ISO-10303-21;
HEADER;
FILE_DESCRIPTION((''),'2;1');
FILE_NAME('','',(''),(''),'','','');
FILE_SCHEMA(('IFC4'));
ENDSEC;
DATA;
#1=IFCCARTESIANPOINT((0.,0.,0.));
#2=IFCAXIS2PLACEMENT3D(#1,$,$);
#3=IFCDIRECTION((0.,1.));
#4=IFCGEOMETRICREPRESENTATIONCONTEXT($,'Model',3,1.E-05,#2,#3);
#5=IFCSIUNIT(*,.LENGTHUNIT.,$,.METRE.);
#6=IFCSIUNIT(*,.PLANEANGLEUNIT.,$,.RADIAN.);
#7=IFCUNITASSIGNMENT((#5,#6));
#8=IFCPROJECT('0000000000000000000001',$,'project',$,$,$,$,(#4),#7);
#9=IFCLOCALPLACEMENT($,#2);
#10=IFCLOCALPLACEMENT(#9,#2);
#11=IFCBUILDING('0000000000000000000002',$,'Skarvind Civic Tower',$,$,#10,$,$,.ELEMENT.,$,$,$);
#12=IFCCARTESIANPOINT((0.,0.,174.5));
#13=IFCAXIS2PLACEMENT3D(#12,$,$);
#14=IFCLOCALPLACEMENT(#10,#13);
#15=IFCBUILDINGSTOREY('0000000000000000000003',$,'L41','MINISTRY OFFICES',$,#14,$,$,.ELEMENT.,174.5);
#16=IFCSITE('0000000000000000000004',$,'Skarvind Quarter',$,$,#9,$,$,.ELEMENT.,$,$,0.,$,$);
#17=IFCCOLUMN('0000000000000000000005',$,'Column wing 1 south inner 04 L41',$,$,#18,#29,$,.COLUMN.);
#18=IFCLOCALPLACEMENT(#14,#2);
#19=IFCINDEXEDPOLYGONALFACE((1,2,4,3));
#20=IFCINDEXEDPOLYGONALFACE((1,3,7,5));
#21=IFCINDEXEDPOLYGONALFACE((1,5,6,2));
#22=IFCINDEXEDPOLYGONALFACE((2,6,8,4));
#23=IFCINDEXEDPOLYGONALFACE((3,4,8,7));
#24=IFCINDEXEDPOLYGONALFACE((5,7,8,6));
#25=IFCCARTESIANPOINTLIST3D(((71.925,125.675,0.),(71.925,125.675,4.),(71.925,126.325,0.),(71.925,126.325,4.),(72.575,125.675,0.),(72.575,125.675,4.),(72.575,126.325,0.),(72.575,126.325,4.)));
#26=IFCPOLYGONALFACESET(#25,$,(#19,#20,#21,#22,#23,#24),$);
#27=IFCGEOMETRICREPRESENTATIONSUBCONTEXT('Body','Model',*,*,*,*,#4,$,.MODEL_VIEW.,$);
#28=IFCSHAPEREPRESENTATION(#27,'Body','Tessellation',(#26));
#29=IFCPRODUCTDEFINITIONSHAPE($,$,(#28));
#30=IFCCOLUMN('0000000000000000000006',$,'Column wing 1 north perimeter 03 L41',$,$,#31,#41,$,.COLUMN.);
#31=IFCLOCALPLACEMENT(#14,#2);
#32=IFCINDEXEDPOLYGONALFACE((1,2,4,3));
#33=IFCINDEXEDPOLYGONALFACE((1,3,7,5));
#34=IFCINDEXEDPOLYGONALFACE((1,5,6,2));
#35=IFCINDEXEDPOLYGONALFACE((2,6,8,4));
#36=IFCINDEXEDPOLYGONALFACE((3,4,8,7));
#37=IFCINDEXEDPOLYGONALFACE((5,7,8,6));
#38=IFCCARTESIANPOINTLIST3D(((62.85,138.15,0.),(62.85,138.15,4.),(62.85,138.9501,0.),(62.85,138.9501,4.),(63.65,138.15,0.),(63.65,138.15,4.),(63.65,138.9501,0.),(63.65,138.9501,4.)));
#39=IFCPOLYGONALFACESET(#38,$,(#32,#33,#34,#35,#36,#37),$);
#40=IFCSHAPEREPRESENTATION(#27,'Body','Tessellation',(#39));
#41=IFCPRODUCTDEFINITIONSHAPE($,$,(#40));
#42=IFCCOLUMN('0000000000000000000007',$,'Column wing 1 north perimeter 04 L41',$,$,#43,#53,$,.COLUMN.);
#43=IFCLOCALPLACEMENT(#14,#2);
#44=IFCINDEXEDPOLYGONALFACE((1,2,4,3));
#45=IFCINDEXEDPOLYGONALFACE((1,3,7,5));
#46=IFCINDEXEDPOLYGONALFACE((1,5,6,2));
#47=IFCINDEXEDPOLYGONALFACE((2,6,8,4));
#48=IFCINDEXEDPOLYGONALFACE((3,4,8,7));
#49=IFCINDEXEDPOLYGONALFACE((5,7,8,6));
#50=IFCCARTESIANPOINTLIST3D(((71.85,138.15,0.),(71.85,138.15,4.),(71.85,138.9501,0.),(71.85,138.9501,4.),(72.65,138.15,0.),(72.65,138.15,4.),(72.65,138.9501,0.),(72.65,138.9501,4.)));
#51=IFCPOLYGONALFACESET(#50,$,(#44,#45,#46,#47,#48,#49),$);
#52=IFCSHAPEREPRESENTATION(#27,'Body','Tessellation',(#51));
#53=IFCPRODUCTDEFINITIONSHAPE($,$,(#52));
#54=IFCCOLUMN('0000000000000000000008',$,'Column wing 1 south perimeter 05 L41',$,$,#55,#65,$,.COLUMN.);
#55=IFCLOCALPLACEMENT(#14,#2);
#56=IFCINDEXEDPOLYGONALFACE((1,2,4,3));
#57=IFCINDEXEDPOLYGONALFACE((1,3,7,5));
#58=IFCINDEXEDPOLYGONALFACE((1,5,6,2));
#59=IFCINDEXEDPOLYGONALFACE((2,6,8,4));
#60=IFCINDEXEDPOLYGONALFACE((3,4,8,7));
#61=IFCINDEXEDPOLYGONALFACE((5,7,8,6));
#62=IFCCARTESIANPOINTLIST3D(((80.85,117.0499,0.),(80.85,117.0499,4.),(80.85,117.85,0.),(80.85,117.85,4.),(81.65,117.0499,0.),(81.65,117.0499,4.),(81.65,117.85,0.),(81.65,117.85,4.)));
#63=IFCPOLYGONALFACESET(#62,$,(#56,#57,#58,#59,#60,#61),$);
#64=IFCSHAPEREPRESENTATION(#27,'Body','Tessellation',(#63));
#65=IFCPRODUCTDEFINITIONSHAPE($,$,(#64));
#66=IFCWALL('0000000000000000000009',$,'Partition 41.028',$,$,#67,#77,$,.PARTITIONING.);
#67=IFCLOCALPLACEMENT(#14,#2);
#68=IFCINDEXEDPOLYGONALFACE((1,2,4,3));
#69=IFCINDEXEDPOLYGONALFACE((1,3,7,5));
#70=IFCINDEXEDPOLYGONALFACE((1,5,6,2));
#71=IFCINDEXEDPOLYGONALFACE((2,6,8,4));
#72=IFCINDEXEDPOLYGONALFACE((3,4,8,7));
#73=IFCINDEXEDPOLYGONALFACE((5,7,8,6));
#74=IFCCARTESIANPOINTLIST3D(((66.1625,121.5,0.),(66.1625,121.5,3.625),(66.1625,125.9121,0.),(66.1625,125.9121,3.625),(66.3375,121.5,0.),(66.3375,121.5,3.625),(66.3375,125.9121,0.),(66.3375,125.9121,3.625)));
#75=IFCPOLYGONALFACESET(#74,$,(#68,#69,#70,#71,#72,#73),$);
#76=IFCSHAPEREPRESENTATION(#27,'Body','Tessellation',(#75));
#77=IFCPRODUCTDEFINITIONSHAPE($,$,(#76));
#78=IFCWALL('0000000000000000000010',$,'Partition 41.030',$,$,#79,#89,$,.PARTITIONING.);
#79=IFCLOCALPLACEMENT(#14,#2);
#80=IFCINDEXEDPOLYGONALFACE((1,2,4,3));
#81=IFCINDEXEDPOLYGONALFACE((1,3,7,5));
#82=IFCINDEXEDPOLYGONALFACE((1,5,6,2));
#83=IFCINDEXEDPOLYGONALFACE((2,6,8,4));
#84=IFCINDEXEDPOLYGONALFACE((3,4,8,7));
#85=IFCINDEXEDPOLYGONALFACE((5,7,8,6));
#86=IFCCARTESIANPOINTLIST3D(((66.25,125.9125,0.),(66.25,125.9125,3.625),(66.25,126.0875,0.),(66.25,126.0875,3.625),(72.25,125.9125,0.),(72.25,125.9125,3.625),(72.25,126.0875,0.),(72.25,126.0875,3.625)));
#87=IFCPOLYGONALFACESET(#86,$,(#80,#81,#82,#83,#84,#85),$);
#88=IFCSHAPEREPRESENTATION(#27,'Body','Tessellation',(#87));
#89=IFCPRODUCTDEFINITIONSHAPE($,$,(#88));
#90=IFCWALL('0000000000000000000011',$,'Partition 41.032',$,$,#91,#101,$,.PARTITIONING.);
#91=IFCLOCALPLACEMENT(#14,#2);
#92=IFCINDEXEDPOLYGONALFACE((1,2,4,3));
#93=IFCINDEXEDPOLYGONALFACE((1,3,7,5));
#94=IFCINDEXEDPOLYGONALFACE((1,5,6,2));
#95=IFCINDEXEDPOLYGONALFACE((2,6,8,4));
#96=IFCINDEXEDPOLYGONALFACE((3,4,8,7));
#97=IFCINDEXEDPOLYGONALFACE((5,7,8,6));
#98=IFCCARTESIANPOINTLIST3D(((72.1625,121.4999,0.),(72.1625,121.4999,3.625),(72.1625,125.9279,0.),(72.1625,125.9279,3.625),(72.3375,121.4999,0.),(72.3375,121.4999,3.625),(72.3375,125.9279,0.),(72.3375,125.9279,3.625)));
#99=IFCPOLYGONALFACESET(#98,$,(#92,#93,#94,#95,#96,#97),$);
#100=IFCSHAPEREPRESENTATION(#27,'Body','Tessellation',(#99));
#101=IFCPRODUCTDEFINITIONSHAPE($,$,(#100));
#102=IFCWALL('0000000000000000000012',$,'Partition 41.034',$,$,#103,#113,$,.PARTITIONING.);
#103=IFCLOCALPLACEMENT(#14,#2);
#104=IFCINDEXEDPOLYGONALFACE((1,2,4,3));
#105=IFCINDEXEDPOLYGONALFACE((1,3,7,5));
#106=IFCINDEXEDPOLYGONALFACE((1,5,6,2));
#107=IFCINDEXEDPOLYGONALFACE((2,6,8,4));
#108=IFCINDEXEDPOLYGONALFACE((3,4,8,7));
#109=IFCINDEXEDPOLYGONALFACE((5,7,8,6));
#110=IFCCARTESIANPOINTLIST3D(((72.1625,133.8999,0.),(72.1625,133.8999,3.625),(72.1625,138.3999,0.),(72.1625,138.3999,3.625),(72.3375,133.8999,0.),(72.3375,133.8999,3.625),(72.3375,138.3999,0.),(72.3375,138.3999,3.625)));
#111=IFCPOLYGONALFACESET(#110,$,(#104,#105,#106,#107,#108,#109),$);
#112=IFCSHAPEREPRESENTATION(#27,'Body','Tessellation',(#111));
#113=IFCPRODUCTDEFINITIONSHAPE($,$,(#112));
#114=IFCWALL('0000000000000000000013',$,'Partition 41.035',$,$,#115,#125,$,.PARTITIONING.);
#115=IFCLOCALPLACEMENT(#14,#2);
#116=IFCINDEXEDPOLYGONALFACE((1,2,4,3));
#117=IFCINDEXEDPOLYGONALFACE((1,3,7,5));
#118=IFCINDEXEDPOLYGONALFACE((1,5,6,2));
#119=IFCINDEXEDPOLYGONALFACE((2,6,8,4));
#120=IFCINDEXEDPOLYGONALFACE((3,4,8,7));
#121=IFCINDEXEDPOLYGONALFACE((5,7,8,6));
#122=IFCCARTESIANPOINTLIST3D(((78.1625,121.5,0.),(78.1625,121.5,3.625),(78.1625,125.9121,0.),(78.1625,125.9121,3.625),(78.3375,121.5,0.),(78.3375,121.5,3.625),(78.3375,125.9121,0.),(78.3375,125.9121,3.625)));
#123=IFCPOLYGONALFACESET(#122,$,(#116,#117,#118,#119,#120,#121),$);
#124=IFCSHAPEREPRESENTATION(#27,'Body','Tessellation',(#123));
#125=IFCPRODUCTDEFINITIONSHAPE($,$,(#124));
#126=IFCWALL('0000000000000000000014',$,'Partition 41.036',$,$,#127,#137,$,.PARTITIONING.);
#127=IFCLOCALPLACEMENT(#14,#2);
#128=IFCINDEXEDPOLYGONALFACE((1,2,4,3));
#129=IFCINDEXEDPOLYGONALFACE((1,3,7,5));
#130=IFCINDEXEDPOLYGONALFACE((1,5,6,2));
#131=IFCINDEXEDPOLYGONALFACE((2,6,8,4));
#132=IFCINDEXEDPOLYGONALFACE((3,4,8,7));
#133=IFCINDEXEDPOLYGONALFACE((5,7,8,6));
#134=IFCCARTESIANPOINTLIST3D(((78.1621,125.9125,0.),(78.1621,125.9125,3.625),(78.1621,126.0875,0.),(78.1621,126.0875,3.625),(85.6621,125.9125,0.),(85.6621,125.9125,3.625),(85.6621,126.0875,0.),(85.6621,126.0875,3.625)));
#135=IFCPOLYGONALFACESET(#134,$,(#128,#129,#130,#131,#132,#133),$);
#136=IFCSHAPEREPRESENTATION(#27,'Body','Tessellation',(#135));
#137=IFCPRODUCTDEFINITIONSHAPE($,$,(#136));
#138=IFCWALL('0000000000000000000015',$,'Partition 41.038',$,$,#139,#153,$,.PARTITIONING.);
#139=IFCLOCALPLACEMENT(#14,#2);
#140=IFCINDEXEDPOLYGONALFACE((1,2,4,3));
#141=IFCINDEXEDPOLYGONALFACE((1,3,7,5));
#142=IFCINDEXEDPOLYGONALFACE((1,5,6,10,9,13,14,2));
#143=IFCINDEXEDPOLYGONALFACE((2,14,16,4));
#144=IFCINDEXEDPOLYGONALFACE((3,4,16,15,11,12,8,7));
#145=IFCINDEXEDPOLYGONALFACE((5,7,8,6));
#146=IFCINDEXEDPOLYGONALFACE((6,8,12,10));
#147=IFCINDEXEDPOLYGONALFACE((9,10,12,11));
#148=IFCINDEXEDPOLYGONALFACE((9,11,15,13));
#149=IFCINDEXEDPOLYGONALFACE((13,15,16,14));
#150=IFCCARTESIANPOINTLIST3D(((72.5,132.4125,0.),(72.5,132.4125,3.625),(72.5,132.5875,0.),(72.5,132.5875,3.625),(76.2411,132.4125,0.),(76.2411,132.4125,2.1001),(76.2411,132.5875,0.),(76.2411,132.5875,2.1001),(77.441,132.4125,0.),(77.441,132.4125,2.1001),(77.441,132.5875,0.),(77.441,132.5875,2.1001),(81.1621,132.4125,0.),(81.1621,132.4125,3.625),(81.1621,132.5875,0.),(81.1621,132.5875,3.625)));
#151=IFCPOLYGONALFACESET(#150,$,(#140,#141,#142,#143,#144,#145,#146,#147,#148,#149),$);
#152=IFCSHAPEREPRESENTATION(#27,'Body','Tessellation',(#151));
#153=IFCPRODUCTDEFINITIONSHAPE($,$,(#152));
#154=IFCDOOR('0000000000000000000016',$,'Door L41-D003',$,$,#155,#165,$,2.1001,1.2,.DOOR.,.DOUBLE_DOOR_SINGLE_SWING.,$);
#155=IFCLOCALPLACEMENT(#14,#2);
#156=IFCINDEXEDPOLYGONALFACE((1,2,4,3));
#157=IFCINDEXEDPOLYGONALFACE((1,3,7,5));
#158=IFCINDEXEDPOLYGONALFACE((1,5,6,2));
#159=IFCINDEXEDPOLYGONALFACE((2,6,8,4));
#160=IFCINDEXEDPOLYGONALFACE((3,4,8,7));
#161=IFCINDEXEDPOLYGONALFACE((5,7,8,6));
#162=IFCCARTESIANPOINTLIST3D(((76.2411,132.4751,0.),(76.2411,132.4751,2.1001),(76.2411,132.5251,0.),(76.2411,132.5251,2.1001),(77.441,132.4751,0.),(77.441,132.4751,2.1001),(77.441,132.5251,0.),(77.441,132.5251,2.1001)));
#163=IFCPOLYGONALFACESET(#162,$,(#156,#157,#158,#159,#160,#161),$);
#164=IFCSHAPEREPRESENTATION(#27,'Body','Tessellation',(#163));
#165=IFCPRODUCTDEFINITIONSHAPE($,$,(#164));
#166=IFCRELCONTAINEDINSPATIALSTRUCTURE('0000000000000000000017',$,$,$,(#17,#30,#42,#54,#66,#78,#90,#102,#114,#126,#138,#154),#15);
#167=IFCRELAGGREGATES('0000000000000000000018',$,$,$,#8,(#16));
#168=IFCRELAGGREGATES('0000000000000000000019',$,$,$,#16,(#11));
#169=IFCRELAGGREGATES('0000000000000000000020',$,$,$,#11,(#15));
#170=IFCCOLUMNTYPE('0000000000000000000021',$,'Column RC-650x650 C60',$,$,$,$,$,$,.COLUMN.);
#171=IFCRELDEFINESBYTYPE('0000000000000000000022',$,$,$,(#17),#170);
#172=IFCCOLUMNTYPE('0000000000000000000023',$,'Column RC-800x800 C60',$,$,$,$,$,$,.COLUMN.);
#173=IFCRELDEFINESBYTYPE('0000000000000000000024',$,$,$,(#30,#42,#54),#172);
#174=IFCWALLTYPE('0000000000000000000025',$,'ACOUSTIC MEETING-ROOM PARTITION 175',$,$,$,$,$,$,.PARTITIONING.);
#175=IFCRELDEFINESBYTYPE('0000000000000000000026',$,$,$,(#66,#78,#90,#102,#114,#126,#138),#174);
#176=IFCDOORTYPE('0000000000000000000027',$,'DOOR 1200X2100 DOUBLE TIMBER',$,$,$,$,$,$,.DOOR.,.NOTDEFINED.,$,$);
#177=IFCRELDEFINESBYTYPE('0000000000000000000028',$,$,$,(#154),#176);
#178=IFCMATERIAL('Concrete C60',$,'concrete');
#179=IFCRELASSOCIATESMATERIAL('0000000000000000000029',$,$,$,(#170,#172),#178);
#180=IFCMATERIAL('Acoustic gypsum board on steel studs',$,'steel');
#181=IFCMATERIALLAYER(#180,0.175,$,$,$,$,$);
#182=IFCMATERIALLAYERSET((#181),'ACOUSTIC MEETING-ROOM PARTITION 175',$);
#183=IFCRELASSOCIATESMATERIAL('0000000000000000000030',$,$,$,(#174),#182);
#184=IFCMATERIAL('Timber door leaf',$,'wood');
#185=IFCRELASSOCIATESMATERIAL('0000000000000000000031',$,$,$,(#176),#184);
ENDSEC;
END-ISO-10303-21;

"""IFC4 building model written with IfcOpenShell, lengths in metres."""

from ifc_helpers import new_model, si_unit, direction, frame, frame_2d, origin, origin_2d, place, context, subcontext, project, spatial, rectangle, extrude, material, layer, layer_set, material_profile, profile_set, type_object, element, fill, save


model = new_model("IFC4")

# Units and contexts
model_context = context("Model", 3, precision=1e-05, world=origin(), true_north=direction((0.0, 1.0)))
body_context = subcontext(model_context, "Body", "Model", "MODEL_VIEW")
ifc_project = project(units=[si_unit("LENGTHUNIT", "METRE"), si_unit("PLANEANGLEUNIT", "RADIAN")], contexts=[model_context])

# Site, building, storey
site_placement = place(None, origin())
site = spatial("IfcSite", under=ifc_project, at=site_placement, Name="Skarvind Quarter", CompositionType="ELEMENT", RefElevation=0.0)
building_placement = place(site_placement, origin())
building = spatial("IfcBuilding", under=site, at=building_placement, Name="Skarvind Civic Tower", CompositionType="ELEMENT")
storey_placement = place(building_placement, frame((0.0, 0.0, 174.5)))
storey = spatial("IfcBuildingStorey", under=building, at=storey_placement, Name="L41", Description="MINISTRY OFFICES", CompositionType="ELEMENT", Elevation=174.5)

# Columns
ifc_material_1 = material(Name="Concrete C60", Category="concrete")
ifc_material_profile_1 = material_profile(ifc_material_1, rectangle(XDim=0.6499, YDim=0.6499, at=origin_2d()), Name="RC-650x650")
ifc_profile_set_1 = profile_set([ifc_material_profile_1], Name="Concrete C60")
column_type_1 = type_object("IfcColumnType", Name="Column RC-650x650 C60", PredefinedType="COLUMN", material=ifc_profile_set_1)
column_placement = place(storey_placement, frame((72.25, 126.0, 0.0), z_axis=(0.0, 0.0, 1.0), x_axis=(1.0, 0.0, 0.0)))
element("IfcColumn", 1, at=column_placement, inside=storey, type_object=column_type_1, Name="Column wing 1 south inner 04 L41", PredefinedType="COLUMN", context=body_context, shape_type="SweptSolid", body=[
    extrude(rectangle(XDim=0.6499, YDim=0.6499, at=origin_2d()), origin(), (0.0, 0.0, 1.0), 4.0),
])
ifc_material_profile_2 = material_profile(ifc_material_1, rectangle(XDim=0.8, YDim=0.8, at=origin_2d()), Name="RC-800x800")
ifc_profile_set_2 = profile_set([ifc_material_profile_2], Name="Concrete C60")
column_type_2 = type_object("IfcColumnType", Name="Column RC-800x800 C60", PredefinedType="COLUMN", material=ifc_profile_set_2)
for number, where, z_axis, x_axis, name in (
    (2, (63.25, 138.55, 0.0), (0.0, 0.0, 1.0), (1.0, 0.0, 0.0), "Column wing 1 north perimeter 03 L41"),
    (3, (72.25, 138.55, 0.0), (0.0, 0.0, 1.0), (1.0, 0.0, 0.0), "Column wing 1 north perimeter 04 L41"),
    (4, (81.25, 117.45, 0.0), (0.0, 0.0, 1.0), (1.0, 0.0, 0.0), "Column wing 1 south perimeter 05 L41"),
):
    element("IfcColumn", number, at=place(storey_placement, frame(where, z_axis=z_axis, x_axis=x_axis)), inside=storey, type_object=column_type_2, Name=name, PredefinedType="COLUMN", context=body_context, shape_type="SweptSolid", body=[
        extrude(rectangle(XDim=0.8, YDim=0.8, at=origin_2d()), origin(), (0.0, 0.0, 1.0), 4.0),
    ])

# Walls
ifc_material_2 = material(Name="Acoustic gypsum board on steel studs", Category="steel")
ifc_layer_1 = layer(ifc_material_2, 0.175)
ifc_layer_set_1 = layer_set([ifc_layer_1], Name="ACOUSTIC MEETING-ROOM PARTITION 175")
wall_type_1 = type_object("IfcWallType", Name="ACOUSTIC MEETING-ROOM PARTITION 175", PredefinedType="PARTITIONING", material=ifc_layer_set_1)
wall_1_placement = place(storey_placement, frame((66.25, 121.5, 0.0), z_axis=(0.0, 0.0, 1.0), x_axis=(0.0, 1.0, 0.0)))
element("IfcWall", 5, at=wall_1_placement, inside=storey, type_object=wall_type_1, Name="Partition 41.028", PredefinedType="PARTITIONING", context=body_context, shape_type="SweptSolid", body=[
    extrude(rectangle(XDim=4.4121, YDim=0.175, at=frame_2d((2.2061, 0.0))), origin(), (0.0, 0.0, 1.0), 3.625),
])
wall_2_placement = place(storey_placement, frame((66.25, 126.0, 0.0), z_axis=(0.0, 0.0, 1.0), x_axis=(1.0, 0.0, 0.0)))
element("IfcWall", 6, at=wall_2_placement, inside=storey, type_object=wall_type_1, Name="Partition 41.030", PredefinedType="PARTITIONING", context=body_context, shape_type="SweptSolid", body=[
    extrude(rectangle(XDim=6.0, YDim=0.175, at=frame_2d((3.0, 0.0))), origin(), (0.0, 0.0, 1.0), 3.625),
])
wall_3_placement = place(storey_placement, frame((72.25, 121.5, 0.0), z_axis=(0.0, 0.0, 1.0), x_axis=(0.0, 1.0, 0.0)))
element("IfcWall", 7, at=wall_3_placement, inside=storey, type_object=wall_type_1, Name="Partition 41.032", PredefinedType="PARTITIONING", context=body_context, shape_type="SweptSolid", body=[
    extrude(rectangle(XDim=4.428, YDim=0.175, at=frame_2d((2.2139, 0.0))), origin(), (0.0, 0.0, 1.0), 3.625),
])
wall_4_placement = place(storey_placement, frame((72.25, 133.8999, 0.0), z_axis=(0.0, 0.0, 1.0), x_axis=(0.0, 1.0, 0.0)))
element("IfcWall", 8, at=wall_4_placement, inside=storey, type_object=wall_type_1, Name="Partition 41.034", PredefinedType="PARTITIONING", context=body_context, shape_type="SweptSolid", body=[
    extrude(rectangle(XDim=4.5, YDim=0.175, at=frame_2d((2.25, 0.0))), origin(), (0.0, 0.0, 1.0), 3.625),
])
wall_5_placement = place(storey_placement, frame((78.25, 125.9121, 0.0), z_axis=(0.0, 0.0, 1.0), x_axis=(0.0, -1.0, 0.0)))
element("IfcWall", 9, at=wall_5_placement, inside=storey, type_object=wall_type_1, Name="Partition 41.035", PredefinedType="PARTITIONING", context=body_context, shape_type="SweptSolid", body=[
    extrude(rectangle(XDim=4.4121, YDim=0.175, at=frame_2d((2.2061, 0.0))), origin(), (0.0, 0.0, 1.0), 3.625),
])
wall_6_placement = place(storey_placement, frame((78.1621, 126.0, 0.0), z_axis=(0.0, 0.0, 1.0), x_axis=(1.0, 0.0, 0.0)))
element("IfcWall", 10, at=wall_6_placement, inside=storey, type_object=wall_type_1, Name="Partition 41.036", PredefinedType="PARTITIONING", context=body_context, shape_type="SweptSolid", body=[
    extrude(rectangle(XDim=7.5, YDim=0.175, at=frame_2d((3.75, 0.0))), origin(), (0.0, 0.0, 1.0), 3.625),
])

# Wall, opening, door
wall_7_placement = place(storey_placement, frame((81.1621, 132.5, 0.0), z_axis=(0.0, 0.0, 1.0), x_axis=(-1.0, 0.0, 0.0)))
wall_7 = element("IfcWall", 11, at=wall_7_placement, inside=storey, type_object=wall_type_1, Name="Partition 41.038", PredefinedType="PARTITIONING", context=body_context, shape_type="SweptSolid", body=[
    extrude(rectangle(XDim=8.6621, YDim=0.175, at=frame_2d((4.3311, 0.0))), origin(), (0.0, 0.0, 1.0), 3.625),
])
opening_1_placement = place(wall_7_placement, frame((3.7209, 0.0, 0.0)))
opening_1 = element("IfcOpeningElement", 12, at=opening_1_placement, cuts=wall_7, PredefinedType="OPENING", context=body_context, shape_type="SweptSolid", body=[
    extrude(rectangle(XDim=1.2, YDim=2.1001, at=frame_2d((0.6001, 1.05))), frame((0.0, 0.0974, 0.0), z_axis=(0.0, -1.0, 0.0), x_axis=(1.0, 0.0, 0.0)), (0.0, 0.0, 1.0), 0.1951),
])
ifc_material_3 = material(Name="Timber door leaf", Category="wood")
door_type_1 = type_object("IfcDoorType", Name="DOOR 1200X2100 DOUBLE TIMBER", OperationType="NOTDEFINED", PredefinedType="DOOR", material=ifc_material_3)
door_1_placement = place(opening_1_placement, origin())
door_1 = element("IfcDoor", 13, at=door_1_placement, inside=storey, type_object=door_type_1, Name="Door L41-D003", OperationType="DOUBLE_DOOR_SINGLE_SWING", OverallHeight=2.1001, OverallWidth=1.2, PredefinedType="DOOR", context=body_context, shape_type="SweptSolid", body=[
    extrude(rectangle(XDim=1.2, YDim=2.1001, at=frame_2d((0.6001, 1.05))), frame((0.0, 0.0249, 0.0), z_axis=(0.0, -1.0, 0.0), x_axis=(1.0, 0.0, 0.0)), (0.0, 0.0, 1.0), 0.05),
])
fill(opening_1, door_1)

save(model, "model.ifc")
